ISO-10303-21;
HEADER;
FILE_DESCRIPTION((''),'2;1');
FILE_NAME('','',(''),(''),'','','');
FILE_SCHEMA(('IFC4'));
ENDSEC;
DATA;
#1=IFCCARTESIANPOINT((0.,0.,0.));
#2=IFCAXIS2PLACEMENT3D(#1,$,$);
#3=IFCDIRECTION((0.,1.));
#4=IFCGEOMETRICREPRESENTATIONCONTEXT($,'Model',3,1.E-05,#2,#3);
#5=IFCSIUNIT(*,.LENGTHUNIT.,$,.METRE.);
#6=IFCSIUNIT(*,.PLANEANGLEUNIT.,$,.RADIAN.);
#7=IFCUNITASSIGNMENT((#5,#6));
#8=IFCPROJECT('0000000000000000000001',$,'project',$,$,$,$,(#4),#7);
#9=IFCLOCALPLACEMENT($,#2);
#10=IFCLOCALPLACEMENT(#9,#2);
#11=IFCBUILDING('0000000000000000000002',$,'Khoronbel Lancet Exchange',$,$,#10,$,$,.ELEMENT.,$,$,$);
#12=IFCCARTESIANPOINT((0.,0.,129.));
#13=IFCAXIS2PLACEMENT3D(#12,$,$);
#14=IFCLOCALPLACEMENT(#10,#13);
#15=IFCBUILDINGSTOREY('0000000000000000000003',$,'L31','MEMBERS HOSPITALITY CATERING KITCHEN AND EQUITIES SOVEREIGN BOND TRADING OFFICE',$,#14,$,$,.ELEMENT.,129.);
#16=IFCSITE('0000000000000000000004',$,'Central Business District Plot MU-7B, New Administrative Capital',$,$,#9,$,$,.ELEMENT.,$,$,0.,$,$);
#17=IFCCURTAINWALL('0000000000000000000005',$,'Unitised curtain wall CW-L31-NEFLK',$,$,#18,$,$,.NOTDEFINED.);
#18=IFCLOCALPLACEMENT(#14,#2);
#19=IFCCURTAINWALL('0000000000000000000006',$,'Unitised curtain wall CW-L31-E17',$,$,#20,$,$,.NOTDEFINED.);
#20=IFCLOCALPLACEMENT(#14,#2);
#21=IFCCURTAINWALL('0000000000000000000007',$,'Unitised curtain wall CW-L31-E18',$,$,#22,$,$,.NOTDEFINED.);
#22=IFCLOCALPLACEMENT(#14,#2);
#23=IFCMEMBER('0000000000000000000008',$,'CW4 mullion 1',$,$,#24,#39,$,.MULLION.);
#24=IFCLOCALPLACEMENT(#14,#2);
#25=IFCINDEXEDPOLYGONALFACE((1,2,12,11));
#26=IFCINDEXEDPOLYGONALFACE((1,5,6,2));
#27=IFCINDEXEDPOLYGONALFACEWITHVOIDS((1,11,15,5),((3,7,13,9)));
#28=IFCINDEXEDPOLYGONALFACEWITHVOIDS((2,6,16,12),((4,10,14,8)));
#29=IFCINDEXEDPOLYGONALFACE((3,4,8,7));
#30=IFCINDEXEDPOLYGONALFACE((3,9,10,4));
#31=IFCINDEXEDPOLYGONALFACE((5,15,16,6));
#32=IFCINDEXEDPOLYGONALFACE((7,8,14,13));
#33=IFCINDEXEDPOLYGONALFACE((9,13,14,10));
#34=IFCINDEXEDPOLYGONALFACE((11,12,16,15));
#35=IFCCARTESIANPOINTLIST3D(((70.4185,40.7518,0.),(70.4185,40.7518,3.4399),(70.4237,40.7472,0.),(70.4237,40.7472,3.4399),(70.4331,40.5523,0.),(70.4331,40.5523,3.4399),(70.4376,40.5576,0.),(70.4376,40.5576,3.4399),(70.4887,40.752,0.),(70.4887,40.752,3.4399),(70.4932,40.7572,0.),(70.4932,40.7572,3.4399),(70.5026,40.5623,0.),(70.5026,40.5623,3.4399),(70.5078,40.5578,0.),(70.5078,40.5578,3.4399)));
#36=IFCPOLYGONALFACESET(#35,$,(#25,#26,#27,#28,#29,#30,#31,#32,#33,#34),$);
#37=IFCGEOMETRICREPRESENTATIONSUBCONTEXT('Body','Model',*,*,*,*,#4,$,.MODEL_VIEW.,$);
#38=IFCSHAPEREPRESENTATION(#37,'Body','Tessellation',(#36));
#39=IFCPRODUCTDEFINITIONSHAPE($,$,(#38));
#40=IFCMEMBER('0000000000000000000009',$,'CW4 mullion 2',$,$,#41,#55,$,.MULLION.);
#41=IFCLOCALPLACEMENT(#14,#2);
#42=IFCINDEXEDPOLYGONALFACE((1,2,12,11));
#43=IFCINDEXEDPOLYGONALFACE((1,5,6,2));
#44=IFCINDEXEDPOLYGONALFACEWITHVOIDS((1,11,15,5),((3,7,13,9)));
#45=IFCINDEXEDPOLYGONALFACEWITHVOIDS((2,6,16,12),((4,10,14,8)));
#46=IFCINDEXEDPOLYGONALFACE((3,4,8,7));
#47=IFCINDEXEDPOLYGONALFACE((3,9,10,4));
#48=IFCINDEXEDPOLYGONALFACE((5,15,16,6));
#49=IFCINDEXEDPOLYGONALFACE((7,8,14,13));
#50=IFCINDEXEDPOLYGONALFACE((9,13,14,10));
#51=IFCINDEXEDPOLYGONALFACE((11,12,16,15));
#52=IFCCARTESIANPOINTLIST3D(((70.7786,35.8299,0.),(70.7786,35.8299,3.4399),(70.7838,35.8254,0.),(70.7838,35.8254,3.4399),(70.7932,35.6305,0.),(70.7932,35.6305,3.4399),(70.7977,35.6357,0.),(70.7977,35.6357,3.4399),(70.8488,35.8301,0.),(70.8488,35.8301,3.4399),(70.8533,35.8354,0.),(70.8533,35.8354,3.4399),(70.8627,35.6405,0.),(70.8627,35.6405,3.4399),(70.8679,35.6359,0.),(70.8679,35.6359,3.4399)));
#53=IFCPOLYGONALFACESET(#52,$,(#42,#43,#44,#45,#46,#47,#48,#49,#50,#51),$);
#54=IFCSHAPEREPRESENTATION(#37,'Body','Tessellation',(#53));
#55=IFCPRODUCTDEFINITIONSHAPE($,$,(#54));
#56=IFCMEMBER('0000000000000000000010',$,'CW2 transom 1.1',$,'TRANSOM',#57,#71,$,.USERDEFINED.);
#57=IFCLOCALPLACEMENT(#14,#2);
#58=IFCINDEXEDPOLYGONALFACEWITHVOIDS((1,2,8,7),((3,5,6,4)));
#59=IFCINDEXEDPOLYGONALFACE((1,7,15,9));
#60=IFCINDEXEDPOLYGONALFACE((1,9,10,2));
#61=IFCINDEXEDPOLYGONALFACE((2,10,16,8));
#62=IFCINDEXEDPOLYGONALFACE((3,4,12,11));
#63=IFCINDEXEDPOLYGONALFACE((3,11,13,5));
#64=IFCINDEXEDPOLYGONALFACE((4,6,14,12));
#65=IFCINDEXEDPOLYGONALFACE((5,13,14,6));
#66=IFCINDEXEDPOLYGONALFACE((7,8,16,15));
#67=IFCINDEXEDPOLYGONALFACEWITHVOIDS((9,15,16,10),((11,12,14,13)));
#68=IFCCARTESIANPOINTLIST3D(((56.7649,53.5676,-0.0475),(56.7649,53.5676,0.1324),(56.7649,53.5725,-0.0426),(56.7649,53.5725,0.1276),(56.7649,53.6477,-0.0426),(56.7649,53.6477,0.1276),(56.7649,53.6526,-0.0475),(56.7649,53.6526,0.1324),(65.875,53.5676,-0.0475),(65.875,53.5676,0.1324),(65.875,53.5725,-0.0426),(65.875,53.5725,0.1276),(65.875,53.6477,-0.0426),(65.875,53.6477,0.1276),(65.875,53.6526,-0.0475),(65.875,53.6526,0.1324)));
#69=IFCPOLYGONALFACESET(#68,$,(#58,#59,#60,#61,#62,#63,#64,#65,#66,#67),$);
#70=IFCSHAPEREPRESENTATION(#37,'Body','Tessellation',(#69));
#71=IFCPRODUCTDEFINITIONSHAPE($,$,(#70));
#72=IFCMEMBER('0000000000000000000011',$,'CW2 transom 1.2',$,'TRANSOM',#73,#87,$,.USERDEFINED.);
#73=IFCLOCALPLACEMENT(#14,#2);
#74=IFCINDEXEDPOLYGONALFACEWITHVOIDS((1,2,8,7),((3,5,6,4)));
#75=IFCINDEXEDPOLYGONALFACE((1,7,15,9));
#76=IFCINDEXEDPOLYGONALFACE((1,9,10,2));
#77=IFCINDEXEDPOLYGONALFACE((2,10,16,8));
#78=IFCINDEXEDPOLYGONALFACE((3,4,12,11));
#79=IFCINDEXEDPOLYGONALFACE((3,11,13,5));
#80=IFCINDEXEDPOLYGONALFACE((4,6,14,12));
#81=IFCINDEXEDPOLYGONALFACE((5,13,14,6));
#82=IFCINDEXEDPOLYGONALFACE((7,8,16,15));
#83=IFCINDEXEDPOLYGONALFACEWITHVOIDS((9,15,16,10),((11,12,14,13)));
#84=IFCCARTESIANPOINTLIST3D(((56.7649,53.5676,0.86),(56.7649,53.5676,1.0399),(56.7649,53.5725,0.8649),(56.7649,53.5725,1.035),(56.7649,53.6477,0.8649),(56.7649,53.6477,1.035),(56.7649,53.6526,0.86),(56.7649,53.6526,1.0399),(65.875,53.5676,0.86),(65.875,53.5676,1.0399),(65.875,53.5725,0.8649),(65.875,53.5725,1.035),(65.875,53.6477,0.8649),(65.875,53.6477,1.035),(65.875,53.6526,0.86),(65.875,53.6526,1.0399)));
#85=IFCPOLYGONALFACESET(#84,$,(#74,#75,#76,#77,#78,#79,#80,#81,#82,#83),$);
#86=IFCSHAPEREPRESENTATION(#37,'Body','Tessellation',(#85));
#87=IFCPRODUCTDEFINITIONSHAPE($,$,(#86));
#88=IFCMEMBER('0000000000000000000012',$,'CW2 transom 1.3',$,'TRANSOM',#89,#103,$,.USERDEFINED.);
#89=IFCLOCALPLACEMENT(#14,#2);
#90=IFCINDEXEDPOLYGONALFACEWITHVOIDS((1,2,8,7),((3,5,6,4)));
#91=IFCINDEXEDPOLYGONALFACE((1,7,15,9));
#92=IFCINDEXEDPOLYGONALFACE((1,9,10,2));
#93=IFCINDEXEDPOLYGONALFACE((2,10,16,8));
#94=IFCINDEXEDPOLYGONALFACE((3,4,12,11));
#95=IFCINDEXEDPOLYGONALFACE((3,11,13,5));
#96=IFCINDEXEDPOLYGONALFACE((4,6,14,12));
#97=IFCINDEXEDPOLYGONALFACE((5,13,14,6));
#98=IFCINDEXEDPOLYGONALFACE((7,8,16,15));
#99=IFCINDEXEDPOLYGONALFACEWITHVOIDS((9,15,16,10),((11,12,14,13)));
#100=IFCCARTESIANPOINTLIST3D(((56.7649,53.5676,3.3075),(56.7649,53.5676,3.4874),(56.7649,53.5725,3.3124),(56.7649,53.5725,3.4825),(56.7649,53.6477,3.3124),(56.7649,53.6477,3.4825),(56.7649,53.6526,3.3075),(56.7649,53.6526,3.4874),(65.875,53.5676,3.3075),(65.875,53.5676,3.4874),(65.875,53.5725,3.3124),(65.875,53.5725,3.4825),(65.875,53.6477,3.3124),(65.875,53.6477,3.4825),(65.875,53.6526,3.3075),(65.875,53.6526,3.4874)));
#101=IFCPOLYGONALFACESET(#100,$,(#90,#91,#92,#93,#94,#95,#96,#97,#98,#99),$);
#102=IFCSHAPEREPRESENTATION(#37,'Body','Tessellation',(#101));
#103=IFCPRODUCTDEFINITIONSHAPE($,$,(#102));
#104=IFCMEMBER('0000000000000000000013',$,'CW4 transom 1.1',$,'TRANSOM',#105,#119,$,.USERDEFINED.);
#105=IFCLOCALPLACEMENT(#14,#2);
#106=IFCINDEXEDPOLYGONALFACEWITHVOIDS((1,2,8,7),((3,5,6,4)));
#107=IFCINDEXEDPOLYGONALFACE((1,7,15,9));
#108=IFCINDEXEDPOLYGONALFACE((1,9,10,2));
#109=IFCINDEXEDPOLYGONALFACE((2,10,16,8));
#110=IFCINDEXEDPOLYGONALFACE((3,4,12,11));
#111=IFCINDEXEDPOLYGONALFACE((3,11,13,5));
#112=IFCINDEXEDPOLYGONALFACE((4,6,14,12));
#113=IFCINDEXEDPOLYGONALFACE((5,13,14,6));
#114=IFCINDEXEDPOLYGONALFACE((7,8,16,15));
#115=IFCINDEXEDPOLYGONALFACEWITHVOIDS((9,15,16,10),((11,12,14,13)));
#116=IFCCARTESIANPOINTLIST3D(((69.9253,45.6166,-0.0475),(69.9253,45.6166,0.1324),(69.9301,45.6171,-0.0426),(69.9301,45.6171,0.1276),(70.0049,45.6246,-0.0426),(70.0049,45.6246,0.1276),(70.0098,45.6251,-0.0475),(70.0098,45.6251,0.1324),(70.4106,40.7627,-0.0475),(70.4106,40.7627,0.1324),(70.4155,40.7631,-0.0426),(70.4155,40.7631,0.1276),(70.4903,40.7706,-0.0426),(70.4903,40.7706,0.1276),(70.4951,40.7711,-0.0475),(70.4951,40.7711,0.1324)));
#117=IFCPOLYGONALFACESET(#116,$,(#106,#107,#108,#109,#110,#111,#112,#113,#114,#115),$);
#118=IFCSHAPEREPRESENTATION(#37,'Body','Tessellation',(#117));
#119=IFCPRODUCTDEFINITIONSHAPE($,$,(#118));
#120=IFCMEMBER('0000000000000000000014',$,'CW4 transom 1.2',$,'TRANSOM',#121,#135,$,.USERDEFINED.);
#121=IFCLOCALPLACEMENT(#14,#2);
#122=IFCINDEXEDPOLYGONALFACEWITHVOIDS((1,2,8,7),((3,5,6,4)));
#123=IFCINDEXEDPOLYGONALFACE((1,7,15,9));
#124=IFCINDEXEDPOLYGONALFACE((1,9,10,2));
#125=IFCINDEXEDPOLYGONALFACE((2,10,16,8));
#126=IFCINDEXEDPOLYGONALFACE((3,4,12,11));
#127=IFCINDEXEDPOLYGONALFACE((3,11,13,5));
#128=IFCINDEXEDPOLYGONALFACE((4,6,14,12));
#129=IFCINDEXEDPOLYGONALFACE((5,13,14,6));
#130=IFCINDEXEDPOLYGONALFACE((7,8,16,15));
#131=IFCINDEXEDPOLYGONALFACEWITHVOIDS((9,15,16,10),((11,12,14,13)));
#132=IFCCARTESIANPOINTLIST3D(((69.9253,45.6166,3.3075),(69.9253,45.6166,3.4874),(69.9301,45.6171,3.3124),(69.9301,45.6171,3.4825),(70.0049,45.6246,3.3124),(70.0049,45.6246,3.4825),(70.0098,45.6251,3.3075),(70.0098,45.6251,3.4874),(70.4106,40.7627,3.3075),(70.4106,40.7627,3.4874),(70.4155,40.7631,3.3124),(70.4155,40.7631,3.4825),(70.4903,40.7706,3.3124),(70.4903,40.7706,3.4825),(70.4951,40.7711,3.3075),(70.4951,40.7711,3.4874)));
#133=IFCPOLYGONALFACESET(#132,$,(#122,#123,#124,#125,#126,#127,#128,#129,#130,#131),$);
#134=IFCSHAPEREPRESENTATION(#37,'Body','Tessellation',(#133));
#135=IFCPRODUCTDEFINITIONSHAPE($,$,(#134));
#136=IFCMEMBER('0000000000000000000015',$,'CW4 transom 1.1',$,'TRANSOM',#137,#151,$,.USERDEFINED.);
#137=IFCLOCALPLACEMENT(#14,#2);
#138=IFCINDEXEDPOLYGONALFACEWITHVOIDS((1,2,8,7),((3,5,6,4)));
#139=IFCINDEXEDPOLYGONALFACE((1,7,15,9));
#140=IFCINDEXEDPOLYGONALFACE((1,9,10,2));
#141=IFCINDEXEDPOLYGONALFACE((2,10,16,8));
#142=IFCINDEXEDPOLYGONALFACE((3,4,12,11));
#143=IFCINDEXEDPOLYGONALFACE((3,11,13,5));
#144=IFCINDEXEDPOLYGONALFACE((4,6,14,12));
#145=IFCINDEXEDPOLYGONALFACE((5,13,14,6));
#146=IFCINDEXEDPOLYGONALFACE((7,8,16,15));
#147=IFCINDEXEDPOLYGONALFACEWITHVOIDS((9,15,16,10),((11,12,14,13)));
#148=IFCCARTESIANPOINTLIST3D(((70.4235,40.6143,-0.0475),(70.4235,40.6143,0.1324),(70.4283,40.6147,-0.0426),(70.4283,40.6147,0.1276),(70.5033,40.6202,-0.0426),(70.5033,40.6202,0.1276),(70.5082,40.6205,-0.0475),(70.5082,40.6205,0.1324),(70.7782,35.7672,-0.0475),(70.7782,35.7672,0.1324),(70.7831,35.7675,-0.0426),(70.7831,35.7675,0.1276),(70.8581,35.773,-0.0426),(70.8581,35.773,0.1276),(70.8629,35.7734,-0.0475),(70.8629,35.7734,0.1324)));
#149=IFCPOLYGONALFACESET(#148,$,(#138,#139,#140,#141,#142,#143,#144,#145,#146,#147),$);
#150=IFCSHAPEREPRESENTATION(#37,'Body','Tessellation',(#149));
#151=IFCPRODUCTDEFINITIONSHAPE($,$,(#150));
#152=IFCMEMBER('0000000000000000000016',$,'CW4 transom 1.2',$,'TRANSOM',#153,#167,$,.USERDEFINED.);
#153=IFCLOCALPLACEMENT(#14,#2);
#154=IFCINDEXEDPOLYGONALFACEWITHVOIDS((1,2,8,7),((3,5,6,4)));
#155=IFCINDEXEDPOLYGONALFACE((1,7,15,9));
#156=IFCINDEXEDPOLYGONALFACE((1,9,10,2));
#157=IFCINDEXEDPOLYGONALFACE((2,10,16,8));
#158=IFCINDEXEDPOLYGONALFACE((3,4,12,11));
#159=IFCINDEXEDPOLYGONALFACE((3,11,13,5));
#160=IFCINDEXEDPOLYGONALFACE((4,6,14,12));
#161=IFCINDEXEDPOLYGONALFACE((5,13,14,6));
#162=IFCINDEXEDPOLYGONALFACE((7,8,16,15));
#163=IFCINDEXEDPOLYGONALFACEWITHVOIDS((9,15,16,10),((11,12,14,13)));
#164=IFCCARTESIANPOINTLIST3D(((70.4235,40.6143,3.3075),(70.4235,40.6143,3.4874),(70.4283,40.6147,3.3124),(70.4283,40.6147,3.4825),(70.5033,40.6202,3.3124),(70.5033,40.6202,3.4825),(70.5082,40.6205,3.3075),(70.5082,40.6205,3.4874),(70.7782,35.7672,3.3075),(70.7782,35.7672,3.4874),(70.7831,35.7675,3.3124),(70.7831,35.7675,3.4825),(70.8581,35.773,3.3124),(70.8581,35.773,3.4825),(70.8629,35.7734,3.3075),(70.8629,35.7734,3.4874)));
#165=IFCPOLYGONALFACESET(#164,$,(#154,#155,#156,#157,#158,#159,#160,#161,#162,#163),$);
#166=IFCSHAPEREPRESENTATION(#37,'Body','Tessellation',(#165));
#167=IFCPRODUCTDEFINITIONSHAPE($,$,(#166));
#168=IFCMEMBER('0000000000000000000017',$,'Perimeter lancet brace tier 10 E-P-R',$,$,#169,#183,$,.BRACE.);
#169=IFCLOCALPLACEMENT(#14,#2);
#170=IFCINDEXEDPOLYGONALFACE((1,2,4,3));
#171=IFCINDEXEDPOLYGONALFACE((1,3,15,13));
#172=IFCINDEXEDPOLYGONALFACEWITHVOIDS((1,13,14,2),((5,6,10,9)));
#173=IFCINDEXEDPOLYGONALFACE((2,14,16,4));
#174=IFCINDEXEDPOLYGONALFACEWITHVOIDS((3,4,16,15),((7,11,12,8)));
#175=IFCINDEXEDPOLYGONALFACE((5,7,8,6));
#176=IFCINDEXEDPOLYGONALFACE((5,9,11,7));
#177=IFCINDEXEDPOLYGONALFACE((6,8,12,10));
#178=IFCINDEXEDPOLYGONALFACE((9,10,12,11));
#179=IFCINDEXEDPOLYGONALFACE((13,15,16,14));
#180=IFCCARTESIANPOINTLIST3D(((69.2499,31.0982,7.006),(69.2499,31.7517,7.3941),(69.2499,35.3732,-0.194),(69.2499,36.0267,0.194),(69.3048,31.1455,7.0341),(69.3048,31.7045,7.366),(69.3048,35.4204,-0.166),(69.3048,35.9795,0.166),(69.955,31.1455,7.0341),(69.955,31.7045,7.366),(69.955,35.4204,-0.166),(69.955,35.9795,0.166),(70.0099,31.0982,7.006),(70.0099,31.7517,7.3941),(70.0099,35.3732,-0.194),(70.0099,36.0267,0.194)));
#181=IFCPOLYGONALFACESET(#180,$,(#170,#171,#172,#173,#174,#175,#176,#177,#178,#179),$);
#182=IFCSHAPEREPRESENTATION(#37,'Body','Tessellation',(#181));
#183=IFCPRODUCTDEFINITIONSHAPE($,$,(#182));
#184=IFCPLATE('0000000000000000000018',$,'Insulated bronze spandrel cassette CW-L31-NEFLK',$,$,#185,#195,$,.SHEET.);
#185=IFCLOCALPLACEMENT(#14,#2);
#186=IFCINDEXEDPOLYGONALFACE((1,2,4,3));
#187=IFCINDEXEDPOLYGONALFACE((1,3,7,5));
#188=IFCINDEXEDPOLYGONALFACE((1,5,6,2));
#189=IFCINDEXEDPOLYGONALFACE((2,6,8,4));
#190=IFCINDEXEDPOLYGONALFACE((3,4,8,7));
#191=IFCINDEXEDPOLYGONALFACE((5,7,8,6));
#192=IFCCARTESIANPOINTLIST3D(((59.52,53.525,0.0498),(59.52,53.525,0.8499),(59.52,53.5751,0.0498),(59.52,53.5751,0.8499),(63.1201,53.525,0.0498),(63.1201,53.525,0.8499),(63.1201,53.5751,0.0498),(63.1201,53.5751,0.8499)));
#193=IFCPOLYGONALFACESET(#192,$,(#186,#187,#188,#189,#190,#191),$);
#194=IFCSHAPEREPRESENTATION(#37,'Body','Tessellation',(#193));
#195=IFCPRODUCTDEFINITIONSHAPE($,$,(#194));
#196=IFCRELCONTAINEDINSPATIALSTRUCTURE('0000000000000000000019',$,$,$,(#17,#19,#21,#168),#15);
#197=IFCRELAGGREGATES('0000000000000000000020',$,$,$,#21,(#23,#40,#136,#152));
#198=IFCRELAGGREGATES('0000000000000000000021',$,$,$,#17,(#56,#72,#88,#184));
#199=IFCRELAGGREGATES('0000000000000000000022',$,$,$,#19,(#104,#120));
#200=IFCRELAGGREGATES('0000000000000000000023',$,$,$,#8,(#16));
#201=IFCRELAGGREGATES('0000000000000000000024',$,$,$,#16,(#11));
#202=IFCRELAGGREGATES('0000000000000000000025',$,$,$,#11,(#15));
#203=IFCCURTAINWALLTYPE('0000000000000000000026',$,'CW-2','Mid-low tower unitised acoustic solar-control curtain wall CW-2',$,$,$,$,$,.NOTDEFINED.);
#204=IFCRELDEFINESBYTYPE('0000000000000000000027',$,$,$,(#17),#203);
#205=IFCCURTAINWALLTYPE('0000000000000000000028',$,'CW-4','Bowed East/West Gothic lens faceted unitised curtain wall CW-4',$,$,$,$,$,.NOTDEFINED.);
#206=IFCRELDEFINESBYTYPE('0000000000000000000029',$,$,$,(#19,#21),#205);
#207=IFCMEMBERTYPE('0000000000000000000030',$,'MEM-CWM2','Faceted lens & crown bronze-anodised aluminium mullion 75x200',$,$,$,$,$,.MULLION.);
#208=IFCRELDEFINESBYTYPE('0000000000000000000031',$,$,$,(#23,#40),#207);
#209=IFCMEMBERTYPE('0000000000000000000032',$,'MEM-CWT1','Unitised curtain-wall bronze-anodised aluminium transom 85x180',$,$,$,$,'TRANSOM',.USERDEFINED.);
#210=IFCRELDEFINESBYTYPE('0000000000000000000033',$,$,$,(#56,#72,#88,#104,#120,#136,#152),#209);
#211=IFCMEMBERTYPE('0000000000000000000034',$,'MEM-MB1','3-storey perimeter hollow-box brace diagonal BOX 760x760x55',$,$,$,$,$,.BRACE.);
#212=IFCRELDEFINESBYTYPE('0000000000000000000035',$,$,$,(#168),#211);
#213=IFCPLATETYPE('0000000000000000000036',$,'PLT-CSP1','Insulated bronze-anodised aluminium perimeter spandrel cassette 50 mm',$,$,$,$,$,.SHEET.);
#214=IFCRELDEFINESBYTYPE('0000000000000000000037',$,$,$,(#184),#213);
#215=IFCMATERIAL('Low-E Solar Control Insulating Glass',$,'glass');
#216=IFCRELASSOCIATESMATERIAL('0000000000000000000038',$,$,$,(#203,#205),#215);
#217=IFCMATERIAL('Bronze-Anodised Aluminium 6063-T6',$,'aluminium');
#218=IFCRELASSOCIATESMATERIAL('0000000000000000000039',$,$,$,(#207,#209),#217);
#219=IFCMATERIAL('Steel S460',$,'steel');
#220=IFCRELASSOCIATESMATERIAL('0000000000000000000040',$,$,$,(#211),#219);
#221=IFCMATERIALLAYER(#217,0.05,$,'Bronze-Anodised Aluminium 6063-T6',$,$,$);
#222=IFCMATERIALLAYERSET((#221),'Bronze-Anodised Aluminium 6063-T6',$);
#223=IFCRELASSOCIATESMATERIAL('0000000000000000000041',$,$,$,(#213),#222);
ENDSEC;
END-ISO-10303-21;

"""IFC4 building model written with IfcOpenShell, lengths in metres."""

from ifc_helpers import new_model, si_unit, direction, frame, origin, origin_2d, place, context, subcontext, project, spatial, rectangle, hollow_rectangle, extrude, material, layer, layer_set, material_profile, profile_set, type_object, element, aggregate, save


model = new_model("IFC4")

# Units and contexts
model_context = context("Model", 3, precision=1e-05, world=origin(), true_north=direction((0.0, 1.0)))
body_context = subcontext(model_context, "Body", "Model", "MODEL_VIEW")
ifc_project = project(units=[si_unit("LENGTHUNIT", "METRE"), si_unit("PLANEANGLEUNIT", "RADIAN")], contexts=[model_context])

# Site, building, storey
site_placement = place(None, origin())
site = spatial("IfcSite", under=ifc_project, at=site_placement, Name="Central Business District Plot MU-7B, New Administrative Capital", CompositionType="ELEMENT", RefElevation=0.0)
building_placement = place(site_placement, origin())
building = spatial("IfcBuilding", under=site, at=building_placement, Name="Khoronbel Lancet Exchange", CompositionType="ELEMENT")
storey_placement = place(building_placement, frame((0.0, 0.0, 129.0)))
storey = spatial("IfcBuildingStorey", under=building, at=storey_placement, Name="L31", Description="MEMBERS HOSPITALITY CATERING KITCHEN AND EQUITIES SOVEREIGN BOND TRADING OFFICE", CompositionType="ELEMENT", Elevation=129.0)

# Shared definitions
ifc_material_1 = material(Name="Steel S460", Category="steel")

# Curtain wall
ifc_material_2 = material(Name="Low-E Solar Control Insulating Glass", Category="glass")
curtain_wall_type_1 = type_object("IfcCurtainWallType", Name="CW-2", Description="Mid-low tower unitised acoustic solar-control curtain wall CW-2", PredefinedType="NOTDEFINED", material=ifc_material_2)
curtain_wall_1_placement = place(storey_placement, origin())
curtain_wall_1 = element("IfcCurtainWall", 1, at=curtain_wall_1_placement, inside=storey, type_object=curtain_wall_type_1, Name="Unitised curtain wall CW-L31-NEFLK", PredefinedType="NOTDEFINED")
ifc_material_3 = material(Name="Bronze-Anodised Aluminium 6063-T6", Category="aluminium")

# Curtain walls, members
curtain_wall_type_2 = type_object("IfcCurtainWallType", Name="CW-4", Description="Bowed East/West Gothic lens faceted unitised curtain wall CW-4", PredefinedType="NOTDEFINED", material=ifc_material_2)
curtain_wall_2_placement = place(storey_placement, origin())
curtain_wall_2 = element("IfcCurtainWall", 2, at=curtain_wall_2_placement, inside=storey, type_object=curtain_wall_type_2, Name="Unitised curtain wall CW-L31-E17", PredefinedType="NOTDEFINED")
ifc_material_profile_1 = material_profile(ifc_material_3, hollow_rectangle(XDim=0.075, YDim=0.2, WallThickness=0.0049, at=origin_2d()), Name="ALU MULLION 75x200")
ifc_profile_set_1 = profile_set([ifc_material_profile_1], Name="Bronze-Anodised Aluminium 6063-T6")
member_type_1 = type_object("IfcMemberType", Name="MEM-CWM2", Description="Faceted lens & crown bronze-anodised aluminium mullion 75x200", PredefinedType="MULLION", material=ifc_profile_set_1)
curtain_wall_3_placement = place(storey_placement, origin())
curtain_wall_3 = element("IfcCurtainWall", 3, at=curtain_wall_3_placement, inside=storey, type_object=curtain_wall_type_2, Name="Unitised curtain wall CW-L31-E18", PredefinedType="NOTDEFINED")
member_1_placement = place(storey_placement, frame((70.4631, 40.6548, 0.0), z_axis=(0.0, 0.0, 1.0), x_axis=(0.997331, 0.073013, 0.0)))
member_1 = element("IfcMember", 4, at=member_1_placement, type_object=member_type_1, Name="CW4 mullion 1", PredefinedType="MULLION", context=body_context, shape_type="SweptSolid", body=[
    extrude(hollow_rectangle(XDim=0.075, YDim=0.2, WallThickness=0.0049, at=origin_2d()), origin(), (0.0, 0.0, 1.0), 3.4399),
])
member_2_placement = place(storey_placement, frame((70.8232, 35.7329, 0.0), z_axis=(0.0, 0.0, 1.0), x_axis=(0.997331, 0.073013, 0.0)))
member_2 = element("IfcMember", 5, at=member_2_placement, type_object=member_type_1, Name="CW4 mullion 2", PredefinedType="MULLION", context=body_context, shape_type="SweptSolid", body=[
    extrude(hollow_rectangle(XDim=0.075, YDim=0.2, WallThickness=0.0049, at=origin_2d()), origin(), (0.0, 0.0, 1.0), 3.4399),
])

# Members
ifc_material_profile_2 = material_profile(ifc_material_3, hollow_rectangle(XDim=0.085, YDim=0.1799, WallThickness=0.0049, at=origin_2d()), Name="ALU TRANSOM 85x180")
ifc_profile_set_2 = profile_set([ifc_material_profile_2], Name="Bronze-Anodised Aluminium 6063-T6")
member_type_2 = type_object("IfcMemberType", Name="MEM-CWT1", Description="Unitised curtain-wall bronze-anodised aluminium transom 85x180", ElementType="TRANSOM", PredefinedType="USERDEFINED", material=ifc_profile_set_2)
member_3_placement = place(storey_placement, frame((65.875, 53.6101, 0.0425), z_axis=(-1.0, 0.0, 0.0), x_axis=(0.0, -1.0, 0.0)))
member_3 = element("IfcMember", 6, at=member_3_placement, type_object=member_type_2, Name="CW2 transom 1.1", ObjectType="TRANSOM", PredefinedType="USERDEFINED", context=body_context, shape_type="SweptSolid", body=[
    extrude(hollow_rectangle(XDim=0.085, YDim=0.1799, WallThickness=0.0049, at=origin_2d()), origin(), (0.0, 0.0, 1.0), 9.1101),
])
member_4_placement = place(storey_placement, frame((65.875, 53.6101, 0.95), z_axis=(-1.0, 0.0, 0.0), x_axis=(0.0, -1.0, 0.0)))
member_4 = element("IfcMember", 7, at=member_4_placement, type_object=member_type_2, Name="CW2 transom 1.2", ObjectType="TRANSOM", PredefinedType="USERDEFINED", context=body_context, shape_type="SweptSolid", body=[
    extrude(hollow_rectangle(XDim=0.085, YDim=0.1799, WallThickness=0.0049, at=origin_2d()), origin(), (0.0, 0.0, 1.0), 9.1101),
])
member_5_placement = place(storey_placement, frame((65.875, 53.6101, 3.3975), z_axis=(-1.0, 0.0, 0.0), x_axis=(0.0, -1.0, 0.0)))
member_5 = element("IfcMember", 8, at=member_5_placement, type_object=member_type_2, Name="CW2 transom 1.3", ObjectType="TRANSOM", PredefinedType="USERDEFINED", context=body_context, shape_type="SweptSolid", body=[
    extrude(hollow_rectangle(XDim=0.085, YDim=0.1799, WallThickness=0.0049, at=origin_2d()), origin(), (0.0, 0.0, 1.0), 9.1101),
])
member_6_placement = place(storey_placement, frame((69.9675, 45.6208, 0.0425), z_axis=(0.099494, -0.995038, 0.0), x_axis=(0.995038, 0.099494, 0.0)))
member_6 = element("IfcMember", 9, at=member_6_placement, type_object=member_type_2, Name="CW4 transom 1.1", ObjectType="TRANSOM", PredefinedType="USERDEFINED", context=body_context, shape_type="SweptSolid", body=[
    extrude(hollow_rectangle(XDim=0.085, YDim=0.1799, WallThickness=0.0049, at=origin_2d()), origin(), (0.0, 0.0, 1.0), 4.8782),
])
member_7_placement = place(storey_placement, frame((69.9675, 45.6208, 3.3975), z_axis=(0.099494, -0.995038, 0.0), x_axis=(0.995038, 0.099494, 0.0)))
member_7 = element("IfcMember", 10, at=member_7_placement, type_object=member_type_2, Name="CW4 transom 1.2", ObjectType="TRANSOM", PredefinedType="USERDEFINED", context=body_context, shape_type="SweptSolid", body=[
    extrude(hollow_rectangle(XDim=0.085, YDim=0.1799, WallThickness=0.0049, at=origin_2d()), origin(), (0.0, 0.0, 1.0), 4.8782),
])
member_8_placement = place(storey_placement, frame((70.4658, 40.6174, 0.0425), z_axis=(0.072989, -0.997333, 0.0), x_axis=(0.997333, 0.072989, 0.0)))
member_8 = element("IfcMember", 11, at=member_8_placement, type_object=member_type_2, Name="CW4 transom 1.1", ObjectType="TRANSOM", PredefinedType="USERDEFINED", context=body_context, shape_type="SweptSolid", body=[
    extrude(hollow_rectangle(XDim=0.085, YDim=0.1799, WallThickness=0.0049, at=origin_2d()), origin(), (0.0, 0.0, 1.0), 4.8601),
])
member_9_placement = place(storey_placement, frame((70.4658, 40.6174, 3.3975), z_axis=(0.072989, -0.997333, 0.0), x_axis=(0.997333, 0.072989, 0.0)))
member_9 = element("IfcMember", 12, at=member_9_placement, type_object=member_type_2, Name="CW4 transom 1.2", ObjectType="TRANSOM", PredefinedType="USERDEFINED", context=body_context, shape_type="SweptSolid", body=[
    extrude(hollow_rectangle(XDim=0.085, YDim=0.1799, WallThickness=0.0049, at=origin_2d()), origin(), (0.0, 0.0, 1.0), 4.8601),
])
ifc_material_profile_3 = material_profile(ifc_material_1, hollow_rectangle(XDim=0.76, YDim=0.76, WallThickness=0.0549, at=origin_2d()), Name="BOX 760x760x55")
ifc_profile_set_3 = profile_set([ifc_material_profile_3], Name="Steel S460")
member_type_3 = type_object("IfcMemberType", Name="MEM-MB1", Description="3-storey perimeter hollow-box brace diagonal BOX 760x760x55", PredefinedType="BRACE", material=ifc_profile_set_3)
member_10_placement = place(storey_placement, frame((69.6299, 35.7, 0.0), z_axis=(0.0, -0.510533, 0.859858), x_axis=(1.0, 0.0, 0.0)))
element("IfcMember", 13, at=member_10_placement, inside=storey, type_object=member_type_3, Name="Perimeter lancet brace tier 10 E-P-R", PredefinedType="BRACE", context=body_context, shape_type="SweptSolid", body=[
    extrude(hollow_rectangle(XDim=0.76, YDim=0.76, WallThickness=0.0549, at=origin_2d()), origin(), (0.0, 0.0, 1.0), 8.3735),
])

# Plate
ifc_layer_1 = layer(ifc_material_3, 0.05, Name="Bronze-Anodised Aluminium 6063-T6")
ifc_layer_set_1 = layer_set([ifc_layer_1], Name="Bronze-Anodised Aluminium 6063-T6")
plate_type_1 = type_object("IfcPlateType", Name="PLT-CSP1", Description="Insulated bronze-anodised aluminium perimeter spandrel cassette 50 mm", PredefinedType="SHEET", material=ifc_layer_set_1)
plate_1_placement = place(storey_placement, frame((61.3201, 53.55, 0.0498), z_axis=(0.0, 0.0, 1.0), x_axis=(-1.0, 0.0, 0.0)))
plate_1 = element("IfcPlate", 14, at=plate_1_placement, type_object=plate_type_1, Name="Insulated bronze spandrel cassette CW-L31-NEFLK", PredefinedType="SHEET", context=body_context, shape_type="SweptSolid", body=[
    extrude(rectangle(XDim=3.6001, YDim=0.05, at=origin_2d()), origin(), (0.0, 0.0, 1.0), 0.8),
])
aggregate(curtain_wall_3, [member_1, member_2, member_8, member_9])
aggregate(curtain_wall_1, [member_3, member_4, member_5, plate_1])
aggregate(curtain_wall_2, [member_6, member_7])

save(model, "model.ifc")
